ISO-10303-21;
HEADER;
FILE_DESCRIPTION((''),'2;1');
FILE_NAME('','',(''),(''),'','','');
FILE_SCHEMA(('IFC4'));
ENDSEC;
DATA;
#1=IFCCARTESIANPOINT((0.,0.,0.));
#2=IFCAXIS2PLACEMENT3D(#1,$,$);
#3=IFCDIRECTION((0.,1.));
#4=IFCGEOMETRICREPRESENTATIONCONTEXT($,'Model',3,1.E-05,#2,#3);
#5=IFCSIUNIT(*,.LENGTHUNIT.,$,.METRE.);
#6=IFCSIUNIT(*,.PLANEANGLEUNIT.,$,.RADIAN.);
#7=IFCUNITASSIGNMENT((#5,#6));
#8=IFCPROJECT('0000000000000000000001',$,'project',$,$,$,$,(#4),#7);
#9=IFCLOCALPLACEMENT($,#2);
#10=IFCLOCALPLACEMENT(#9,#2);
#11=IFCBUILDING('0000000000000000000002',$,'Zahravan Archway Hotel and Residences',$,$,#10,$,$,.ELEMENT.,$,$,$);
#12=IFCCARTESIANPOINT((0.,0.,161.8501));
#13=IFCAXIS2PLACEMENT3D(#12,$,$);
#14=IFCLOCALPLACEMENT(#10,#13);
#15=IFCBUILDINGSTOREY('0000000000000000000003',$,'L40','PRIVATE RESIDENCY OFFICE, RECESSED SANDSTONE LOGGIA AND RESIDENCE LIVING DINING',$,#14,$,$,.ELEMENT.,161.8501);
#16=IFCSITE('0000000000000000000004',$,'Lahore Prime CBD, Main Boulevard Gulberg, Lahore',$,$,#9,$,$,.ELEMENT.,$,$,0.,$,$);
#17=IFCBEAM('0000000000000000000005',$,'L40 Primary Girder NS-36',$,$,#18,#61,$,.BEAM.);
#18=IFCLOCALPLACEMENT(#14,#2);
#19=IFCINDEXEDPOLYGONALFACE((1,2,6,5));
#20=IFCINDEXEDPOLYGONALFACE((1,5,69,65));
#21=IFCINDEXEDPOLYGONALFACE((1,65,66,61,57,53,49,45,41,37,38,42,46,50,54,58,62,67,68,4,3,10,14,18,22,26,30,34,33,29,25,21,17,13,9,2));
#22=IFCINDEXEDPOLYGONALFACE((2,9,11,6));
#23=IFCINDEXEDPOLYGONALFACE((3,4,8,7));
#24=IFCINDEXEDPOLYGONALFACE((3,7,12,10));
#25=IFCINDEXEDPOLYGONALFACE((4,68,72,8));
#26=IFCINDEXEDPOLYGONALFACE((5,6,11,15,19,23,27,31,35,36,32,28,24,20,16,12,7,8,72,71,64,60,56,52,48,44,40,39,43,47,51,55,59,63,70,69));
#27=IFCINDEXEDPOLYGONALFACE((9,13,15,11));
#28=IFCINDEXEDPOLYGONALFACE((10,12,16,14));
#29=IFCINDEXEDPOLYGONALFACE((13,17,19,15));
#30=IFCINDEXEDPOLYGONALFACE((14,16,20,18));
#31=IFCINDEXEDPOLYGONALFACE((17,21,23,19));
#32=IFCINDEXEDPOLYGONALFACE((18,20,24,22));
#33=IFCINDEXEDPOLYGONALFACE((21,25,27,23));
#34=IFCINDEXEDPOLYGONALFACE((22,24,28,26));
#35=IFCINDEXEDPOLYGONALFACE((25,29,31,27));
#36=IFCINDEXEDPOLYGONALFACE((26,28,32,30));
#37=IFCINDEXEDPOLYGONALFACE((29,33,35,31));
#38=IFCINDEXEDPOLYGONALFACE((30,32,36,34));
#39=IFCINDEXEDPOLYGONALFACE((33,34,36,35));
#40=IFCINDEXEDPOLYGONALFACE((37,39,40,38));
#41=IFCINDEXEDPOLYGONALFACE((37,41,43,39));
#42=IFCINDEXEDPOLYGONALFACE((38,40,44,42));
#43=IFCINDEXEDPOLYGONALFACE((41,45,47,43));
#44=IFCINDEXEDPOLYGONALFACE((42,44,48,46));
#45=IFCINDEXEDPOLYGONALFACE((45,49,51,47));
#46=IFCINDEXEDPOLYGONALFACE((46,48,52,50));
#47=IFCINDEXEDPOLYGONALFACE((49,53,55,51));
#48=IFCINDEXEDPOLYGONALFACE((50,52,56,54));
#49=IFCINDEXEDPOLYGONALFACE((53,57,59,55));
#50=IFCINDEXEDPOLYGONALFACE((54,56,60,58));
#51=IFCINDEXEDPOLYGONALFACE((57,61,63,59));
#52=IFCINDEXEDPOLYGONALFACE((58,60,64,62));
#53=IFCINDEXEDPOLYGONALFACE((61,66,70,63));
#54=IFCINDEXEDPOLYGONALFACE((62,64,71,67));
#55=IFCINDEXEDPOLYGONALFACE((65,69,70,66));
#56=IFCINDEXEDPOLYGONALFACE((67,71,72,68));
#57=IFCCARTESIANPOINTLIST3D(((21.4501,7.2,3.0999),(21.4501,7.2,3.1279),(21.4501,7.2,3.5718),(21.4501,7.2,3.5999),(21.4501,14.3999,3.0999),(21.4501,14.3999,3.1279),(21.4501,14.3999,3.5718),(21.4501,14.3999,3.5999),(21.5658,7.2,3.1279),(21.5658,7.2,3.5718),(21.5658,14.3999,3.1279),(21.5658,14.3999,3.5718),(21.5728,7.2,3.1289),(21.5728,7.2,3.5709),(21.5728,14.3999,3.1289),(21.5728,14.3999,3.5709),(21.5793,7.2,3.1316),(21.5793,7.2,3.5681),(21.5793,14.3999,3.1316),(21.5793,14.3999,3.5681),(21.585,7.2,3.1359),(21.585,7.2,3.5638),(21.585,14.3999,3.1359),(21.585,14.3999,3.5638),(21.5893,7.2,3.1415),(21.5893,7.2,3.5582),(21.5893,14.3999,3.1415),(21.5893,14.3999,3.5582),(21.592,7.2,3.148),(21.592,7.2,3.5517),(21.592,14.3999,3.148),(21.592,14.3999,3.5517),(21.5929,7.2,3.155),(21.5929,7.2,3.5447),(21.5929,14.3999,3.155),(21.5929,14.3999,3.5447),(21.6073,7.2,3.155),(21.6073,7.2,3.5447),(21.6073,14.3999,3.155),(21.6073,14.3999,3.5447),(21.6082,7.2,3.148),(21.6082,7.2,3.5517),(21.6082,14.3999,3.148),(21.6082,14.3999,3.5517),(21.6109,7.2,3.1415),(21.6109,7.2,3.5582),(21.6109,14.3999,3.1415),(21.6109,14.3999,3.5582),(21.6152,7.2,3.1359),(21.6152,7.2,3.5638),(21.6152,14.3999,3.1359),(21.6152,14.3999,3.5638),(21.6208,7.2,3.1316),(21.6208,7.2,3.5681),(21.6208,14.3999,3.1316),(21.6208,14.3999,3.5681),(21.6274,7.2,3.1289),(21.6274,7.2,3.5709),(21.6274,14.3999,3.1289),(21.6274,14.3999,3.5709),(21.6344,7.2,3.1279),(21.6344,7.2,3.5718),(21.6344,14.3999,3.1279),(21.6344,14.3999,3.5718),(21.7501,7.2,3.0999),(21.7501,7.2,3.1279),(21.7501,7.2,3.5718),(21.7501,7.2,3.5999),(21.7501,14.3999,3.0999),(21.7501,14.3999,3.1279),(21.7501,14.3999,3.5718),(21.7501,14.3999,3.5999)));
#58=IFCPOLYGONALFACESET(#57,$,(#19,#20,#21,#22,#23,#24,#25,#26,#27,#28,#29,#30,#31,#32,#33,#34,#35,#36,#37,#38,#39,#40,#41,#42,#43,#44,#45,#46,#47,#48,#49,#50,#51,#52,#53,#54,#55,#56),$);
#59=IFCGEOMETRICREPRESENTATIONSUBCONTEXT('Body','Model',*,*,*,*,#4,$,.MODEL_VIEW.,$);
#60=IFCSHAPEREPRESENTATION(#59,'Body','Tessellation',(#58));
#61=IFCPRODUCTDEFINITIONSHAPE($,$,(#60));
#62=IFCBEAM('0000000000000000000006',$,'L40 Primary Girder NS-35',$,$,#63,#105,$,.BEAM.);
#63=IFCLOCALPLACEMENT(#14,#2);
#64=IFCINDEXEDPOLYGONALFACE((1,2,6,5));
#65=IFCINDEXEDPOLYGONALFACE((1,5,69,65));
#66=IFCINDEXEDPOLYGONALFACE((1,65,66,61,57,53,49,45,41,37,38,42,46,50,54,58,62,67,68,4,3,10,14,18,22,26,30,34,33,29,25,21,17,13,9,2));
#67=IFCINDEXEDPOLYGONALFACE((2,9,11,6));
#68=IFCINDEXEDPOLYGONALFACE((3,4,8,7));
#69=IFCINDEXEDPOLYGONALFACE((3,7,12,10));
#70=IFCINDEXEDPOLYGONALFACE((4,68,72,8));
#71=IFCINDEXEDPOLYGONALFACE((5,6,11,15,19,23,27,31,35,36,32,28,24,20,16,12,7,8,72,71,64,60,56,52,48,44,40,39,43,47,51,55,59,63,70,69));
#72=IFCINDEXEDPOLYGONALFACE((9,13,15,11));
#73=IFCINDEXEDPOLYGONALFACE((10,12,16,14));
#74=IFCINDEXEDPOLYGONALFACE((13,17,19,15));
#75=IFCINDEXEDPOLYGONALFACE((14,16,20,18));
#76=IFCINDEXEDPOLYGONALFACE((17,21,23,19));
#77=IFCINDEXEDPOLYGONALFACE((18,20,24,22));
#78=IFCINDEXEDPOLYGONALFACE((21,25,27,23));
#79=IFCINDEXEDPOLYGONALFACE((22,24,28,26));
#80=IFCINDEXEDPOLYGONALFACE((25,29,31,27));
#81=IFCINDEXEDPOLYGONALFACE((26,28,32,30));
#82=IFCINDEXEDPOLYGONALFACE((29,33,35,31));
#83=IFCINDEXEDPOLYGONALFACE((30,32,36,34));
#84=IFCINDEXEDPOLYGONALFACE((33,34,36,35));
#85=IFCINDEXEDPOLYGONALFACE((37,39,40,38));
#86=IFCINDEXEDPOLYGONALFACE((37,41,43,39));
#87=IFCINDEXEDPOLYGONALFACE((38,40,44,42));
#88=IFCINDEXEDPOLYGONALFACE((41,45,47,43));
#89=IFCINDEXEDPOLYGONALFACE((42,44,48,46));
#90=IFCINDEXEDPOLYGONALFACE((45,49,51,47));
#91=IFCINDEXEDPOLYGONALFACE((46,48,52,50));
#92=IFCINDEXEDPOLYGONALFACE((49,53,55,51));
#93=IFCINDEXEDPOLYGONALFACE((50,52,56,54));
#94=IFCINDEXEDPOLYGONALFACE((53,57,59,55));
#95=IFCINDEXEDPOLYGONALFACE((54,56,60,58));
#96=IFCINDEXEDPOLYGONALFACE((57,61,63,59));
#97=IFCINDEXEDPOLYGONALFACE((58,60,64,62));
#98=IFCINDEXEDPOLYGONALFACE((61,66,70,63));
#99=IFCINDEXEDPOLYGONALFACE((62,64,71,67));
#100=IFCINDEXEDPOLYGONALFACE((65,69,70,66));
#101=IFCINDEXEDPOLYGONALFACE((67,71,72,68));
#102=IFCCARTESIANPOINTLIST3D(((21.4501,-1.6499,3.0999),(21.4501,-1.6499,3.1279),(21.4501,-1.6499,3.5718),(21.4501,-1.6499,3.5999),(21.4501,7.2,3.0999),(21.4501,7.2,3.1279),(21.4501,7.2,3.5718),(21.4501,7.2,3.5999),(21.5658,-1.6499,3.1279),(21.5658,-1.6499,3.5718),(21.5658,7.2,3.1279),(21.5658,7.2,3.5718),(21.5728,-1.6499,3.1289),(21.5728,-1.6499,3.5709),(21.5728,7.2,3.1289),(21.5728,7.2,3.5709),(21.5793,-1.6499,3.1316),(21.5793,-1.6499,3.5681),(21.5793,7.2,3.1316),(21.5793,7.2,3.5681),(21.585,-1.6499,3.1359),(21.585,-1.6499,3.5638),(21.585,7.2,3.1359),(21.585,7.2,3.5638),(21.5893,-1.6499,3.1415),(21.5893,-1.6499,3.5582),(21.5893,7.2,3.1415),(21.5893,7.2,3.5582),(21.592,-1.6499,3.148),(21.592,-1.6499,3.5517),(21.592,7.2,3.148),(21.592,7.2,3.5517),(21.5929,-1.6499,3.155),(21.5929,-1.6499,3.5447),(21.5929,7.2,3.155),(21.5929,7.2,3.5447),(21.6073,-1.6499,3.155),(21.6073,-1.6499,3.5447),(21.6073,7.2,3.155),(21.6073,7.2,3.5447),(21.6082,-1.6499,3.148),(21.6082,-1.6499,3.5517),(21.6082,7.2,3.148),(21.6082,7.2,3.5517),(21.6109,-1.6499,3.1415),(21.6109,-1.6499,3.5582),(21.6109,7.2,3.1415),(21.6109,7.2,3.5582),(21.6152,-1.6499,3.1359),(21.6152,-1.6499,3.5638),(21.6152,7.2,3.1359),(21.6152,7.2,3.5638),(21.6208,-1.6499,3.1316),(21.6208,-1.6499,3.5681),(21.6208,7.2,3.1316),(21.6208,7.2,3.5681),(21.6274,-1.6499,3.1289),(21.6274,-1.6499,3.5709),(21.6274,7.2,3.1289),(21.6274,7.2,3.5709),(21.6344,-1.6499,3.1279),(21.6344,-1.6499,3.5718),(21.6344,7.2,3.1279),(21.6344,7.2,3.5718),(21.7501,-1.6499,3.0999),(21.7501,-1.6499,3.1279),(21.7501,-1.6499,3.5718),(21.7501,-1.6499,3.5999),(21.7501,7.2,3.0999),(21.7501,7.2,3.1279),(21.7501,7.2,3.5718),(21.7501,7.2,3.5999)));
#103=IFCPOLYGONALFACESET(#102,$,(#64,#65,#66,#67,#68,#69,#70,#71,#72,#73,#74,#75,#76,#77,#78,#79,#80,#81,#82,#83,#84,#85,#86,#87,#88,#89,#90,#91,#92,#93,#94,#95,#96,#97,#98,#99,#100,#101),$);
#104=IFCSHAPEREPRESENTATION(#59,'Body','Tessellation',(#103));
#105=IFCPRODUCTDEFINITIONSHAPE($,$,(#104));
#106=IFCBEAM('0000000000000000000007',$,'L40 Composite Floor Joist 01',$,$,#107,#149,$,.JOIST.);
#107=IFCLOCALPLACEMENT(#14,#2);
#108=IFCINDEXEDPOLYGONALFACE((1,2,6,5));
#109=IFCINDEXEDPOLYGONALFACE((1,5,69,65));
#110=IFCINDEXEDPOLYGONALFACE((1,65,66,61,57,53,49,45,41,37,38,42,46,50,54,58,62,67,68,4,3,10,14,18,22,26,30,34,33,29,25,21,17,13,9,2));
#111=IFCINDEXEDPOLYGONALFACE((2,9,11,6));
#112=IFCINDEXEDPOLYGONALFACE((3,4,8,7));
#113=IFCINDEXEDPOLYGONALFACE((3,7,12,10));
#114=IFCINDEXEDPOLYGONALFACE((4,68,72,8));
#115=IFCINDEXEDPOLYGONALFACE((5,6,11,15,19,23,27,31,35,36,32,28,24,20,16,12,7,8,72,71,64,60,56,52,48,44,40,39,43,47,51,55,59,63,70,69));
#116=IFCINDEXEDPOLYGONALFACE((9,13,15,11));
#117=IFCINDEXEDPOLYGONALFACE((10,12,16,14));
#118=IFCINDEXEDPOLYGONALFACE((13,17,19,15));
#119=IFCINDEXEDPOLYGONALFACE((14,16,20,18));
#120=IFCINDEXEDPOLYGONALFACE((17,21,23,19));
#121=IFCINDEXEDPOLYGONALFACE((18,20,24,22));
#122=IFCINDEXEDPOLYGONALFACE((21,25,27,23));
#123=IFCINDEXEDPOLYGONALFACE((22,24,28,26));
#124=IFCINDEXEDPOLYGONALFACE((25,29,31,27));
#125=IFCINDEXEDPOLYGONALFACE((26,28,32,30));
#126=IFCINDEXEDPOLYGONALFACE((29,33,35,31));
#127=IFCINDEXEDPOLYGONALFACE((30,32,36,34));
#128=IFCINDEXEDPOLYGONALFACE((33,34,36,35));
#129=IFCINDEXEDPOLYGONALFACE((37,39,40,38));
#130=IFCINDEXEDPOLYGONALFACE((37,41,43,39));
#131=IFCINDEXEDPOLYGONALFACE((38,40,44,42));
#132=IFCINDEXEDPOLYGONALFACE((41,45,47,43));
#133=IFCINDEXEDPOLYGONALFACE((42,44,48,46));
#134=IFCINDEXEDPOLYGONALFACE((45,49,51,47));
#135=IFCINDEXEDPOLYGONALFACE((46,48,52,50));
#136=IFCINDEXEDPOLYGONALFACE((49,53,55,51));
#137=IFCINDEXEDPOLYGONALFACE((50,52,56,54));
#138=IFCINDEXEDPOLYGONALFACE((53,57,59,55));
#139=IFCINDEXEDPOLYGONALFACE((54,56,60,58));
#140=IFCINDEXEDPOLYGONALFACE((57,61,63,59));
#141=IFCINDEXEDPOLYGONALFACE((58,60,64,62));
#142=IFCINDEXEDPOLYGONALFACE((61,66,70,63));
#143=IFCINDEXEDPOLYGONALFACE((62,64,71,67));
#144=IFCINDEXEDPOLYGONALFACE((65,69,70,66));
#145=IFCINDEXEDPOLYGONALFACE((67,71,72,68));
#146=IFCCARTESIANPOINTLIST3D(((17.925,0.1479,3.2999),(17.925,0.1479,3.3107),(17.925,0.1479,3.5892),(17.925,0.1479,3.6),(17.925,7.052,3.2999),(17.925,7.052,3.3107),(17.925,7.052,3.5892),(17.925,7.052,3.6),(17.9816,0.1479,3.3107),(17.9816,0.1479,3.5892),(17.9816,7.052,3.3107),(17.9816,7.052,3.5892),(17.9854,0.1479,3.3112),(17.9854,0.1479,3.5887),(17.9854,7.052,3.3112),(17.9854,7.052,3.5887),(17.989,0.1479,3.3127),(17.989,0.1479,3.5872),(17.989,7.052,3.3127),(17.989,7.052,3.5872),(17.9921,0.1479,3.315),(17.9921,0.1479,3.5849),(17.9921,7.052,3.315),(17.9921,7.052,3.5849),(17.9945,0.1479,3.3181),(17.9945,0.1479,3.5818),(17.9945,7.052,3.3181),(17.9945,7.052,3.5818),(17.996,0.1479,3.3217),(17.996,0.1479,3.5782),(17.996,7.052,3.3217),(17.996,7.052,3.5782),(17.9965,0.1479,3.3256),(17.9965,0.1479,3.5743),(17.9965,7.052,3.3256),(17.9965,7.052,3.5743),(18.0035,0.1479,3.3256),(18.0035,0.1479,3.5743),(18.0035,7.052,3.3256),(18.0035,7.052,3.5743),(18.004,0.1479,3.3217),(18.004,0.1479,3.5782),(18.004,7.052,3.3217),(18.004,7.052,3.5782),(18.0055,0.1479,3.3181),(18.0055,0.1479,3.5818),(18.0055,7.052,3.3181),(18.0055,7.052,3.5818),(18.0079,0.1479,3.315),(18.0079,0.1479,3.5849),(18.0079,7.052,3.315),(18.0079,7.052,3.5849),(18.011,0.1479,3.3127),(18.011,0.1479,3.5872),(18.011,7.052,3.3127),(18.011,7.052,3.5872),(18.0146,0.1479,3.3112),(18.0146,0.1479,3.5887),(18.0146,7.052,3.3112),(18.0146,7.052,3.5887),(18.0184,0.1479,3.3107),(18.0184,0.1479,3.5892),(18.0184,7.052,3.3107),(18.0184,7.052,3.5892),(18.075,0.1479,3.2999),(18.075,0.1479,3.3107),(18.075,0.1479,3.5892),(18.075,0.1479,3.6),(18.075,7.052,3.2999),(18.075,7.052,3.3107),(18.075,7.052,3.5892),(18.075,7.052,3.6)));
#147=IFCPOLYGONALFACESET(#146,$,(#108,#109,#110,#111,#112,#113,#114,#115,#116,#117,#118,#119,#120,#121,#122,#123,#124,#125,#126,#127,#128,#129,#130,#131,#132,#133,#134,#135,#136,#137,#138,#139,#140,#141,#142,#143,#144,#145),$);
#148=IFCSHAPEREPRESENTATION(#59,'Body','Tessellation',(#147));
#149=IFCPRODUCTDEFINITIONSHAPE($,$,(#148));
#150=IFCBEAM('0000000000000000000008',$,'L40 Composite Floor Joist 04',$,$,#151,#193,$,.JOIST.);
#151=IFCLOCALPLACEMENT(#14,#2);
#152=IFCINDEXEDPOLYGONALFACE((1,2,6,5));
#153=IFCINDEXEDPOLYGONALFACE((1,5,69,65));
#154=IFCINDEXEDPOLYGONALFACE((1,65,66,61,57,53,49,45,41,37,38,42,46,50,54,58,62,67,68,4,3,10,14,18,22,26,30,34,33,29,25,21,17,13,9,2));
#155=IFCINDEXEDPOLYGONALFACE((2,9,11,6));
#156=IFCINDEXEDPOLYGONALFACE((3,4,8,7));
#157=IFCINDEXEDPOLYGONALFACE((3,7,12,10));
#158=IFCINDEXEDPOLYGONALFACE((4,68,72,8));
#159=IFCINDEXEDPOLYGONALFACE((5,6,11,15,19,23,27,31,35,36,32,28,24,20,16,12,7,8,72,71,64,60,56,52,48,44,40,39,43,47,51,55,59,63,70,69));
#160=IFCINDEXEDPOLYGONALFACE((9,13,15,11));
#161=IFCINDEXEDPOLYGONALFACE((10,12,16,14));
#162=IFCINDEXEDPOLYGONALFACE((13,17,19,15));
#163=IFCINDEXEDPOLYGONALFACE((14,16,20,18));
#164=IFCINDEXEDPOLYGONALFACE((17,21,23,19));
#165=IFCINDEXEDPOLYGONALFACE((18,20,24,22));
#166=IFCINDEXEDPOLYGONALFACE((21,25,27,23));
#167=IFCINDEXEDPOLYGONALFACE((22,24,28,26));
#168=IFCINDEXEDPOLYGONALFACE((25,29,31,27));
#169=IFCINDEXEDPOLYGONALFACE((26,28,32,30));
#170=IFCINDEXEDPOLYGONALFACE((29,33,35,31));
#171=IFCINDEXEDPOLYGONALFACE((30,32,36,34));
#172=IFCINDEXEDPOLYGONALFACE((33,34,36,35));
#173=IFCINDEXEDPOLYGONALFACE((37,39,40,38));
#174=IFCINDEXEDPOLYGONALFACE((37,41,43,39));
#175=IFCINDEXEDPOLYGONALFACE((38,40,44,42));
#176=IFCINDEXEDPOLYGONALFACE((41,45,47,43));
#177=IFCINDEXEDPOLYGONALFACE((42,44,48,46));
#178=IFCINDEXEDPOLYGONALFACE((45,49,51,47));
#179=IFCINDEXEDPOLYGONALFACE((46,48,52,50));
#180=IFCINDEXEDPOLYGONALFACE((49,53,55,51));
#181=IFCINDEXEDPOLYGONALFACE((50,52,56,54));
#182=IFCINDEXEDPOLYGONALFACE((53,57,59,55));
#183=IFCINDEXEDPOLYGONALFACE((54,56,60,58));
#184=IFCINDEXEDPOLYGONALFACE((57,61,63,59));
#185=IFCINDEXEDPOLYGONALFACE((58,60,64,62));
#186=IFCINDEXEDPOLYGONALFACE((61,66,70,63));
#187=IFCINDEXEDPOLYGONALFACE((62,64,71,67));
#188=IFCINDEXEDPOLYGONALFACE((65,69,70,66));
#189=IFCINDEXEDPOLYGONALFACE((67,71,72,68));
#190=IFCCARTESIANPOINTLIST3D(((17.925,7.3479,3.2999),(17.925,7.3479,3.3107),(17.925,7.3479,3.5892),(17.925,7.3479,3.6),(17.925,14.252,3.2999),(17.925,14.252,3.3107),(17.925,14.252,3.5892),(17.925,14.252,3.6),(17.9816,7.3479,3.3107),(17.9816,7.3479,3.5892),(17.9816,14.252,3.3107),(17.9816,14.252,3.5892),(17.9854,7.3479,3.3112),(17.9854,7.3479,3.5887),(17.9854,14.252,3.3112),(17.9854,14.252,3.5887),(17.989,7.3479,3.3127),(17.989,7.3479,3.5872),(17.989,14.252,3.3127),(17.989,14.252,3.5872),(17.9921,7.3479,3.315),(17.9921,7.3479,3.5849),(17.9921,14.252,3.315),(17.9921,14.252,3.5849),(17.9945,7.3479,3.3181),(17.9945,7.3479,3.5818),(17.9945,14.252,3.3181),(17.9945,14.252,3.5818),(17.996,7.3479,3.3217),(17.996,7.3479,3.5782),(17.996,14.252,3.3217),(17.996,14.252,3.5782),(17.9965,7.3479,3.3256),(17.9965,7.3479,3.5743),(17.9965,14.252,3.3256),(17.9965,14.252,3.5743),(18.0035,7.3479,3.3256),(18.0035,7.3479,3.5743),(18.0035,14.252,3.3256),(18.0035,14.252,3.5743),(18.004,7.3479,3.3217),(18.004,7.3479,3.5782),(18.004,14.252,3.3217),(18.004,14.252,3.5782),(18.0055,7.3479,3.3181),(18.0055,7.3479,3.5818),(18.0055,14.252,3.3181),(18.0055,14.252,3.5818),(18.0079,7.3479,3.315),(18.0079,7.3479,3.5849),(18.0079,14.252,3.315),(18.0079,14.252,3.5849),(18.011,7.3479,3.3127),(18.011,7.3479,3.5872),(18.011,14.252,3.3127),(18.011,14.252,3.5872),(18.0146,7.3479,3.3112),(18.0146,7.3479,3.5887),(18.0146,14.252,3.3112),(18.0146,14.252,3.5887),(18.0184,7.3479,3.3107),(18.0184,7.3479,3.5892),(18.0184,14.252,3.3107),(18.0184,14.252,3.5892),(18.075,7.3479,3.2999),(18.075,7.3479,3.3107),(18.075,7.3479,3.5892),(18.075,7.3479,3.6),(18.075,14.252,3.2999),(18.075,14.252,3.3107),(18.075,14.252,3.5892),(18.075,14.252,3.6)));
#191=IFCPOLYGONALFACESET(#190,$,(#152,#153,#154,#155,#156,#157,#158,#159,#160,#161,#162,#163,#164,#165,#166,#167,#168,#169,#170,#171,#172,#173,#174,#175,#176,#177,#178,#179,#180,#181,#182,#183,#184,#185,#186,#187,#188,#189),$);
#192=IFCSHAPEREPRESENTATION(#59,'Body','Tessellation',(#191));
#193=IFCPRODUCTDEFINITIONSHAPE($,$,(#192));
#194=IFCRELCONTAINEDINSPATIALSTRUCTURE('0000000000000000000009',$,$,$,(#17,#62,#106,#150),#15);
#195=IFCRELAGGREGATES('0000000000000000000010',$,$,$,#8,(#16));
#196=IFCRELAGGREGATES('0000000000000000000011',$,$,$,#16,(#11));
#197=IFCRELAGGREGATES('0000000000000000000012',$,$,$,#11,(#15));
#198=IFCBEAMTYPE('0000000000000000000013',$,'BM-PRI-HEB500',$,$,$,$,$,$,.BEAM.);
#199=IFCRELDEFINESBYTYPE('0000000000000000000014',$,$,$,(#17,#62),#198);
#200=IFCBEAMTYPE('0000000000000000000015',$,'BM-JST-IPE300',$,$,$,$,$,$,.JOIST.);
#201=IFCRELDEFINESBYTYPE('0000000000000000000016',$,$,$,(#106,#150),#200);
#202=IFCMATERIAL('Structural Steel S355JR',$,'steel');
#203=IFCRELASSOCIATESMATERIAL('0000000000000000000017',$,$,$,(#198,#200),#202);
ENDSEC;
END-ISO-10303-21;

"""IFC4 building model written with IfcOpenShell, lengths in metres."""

from ifc_helpers import new_model, si_unit, direction, frame, origin, origin_2d, place, context, subcontext, project, spatial, i_section, extrude, source, transform, mapped, material, material_profile, profile_set, type_object, type_shapes, element, save


model = new_model("IFC4")

# Units and contexts
model_context = context("Model", 3, precision=1e-05, world=origin(), true_north=direction((0.0, 1.0)))
body_context = subcontext(model_context, "Body", "Model", "MODEL_VIEW")
ifc_project = project(units=[si_unit("LENGTHUNIT", "METRE"), si_unit("PLANEANGLEUNIT", "RADIAN")], contexts=[model_context])

# Site, building, storey
site_placement = place(None, origin())
site = spatial("IfcSite", under=ifc_project, at=site_placement, Name="Lahore Prime CBD, Main Boulevard Gulberg, Lahore", CompositionType="ELEMENT", RefElevation=0.0)
building_placement = place(site_placement, origin())
building = spatial("IfcBuilding", under=site, at=building_placement, Name="Zahravan Archway Hotel and Residences", CompositionType="ELEMENT")
storey_placement = place(building_placement, frame((0.0, 0.0, 161.8501)))
storey = spatial("IfcBuildingStorey", under=building, at=storey_placement, Name="L40", Description="PRIVATE RESIDENCY OFFICE, RECESSED SANDSTONE LOGGIA AND RESIDENCE LIVING DINING", CompositionType="ELEMENT", Elevation=161.8501)

# Beams
ifc_material_1 = material(Name="Structural Steel S355JR", Category="steel")
ifc_material_profile_1 = material_profile(ifc_material_1, i_section(OverallWidth=0.3, OverallDepth=0.5, WebThickness=0.0144, FlangeThickness=0.0281, FilletRadius=0.0271, at=origin_2d()), Name="HEB 500", Category="steel")
ifc_profile_set_1 = profile_set([ifc_material_profile_1], Name="Structural Steel S355JR")
beam_type_1 = type_object("IfcBeamType", Name="BM-PRI-HEB500", PredefinedType="BEAM", material=ifc_profile_set_1)
shared_shape_1 = source(origin(), body_context, "Body", "SweptSolid", [
    extrude(i_section(OverallWidth=0.3, OverallDepth=0.5, WebThickness=0.0144, FlangeThickness=0.0281, FilletRadius=0.0271, at=origin_2d()), origin(), (0.0, 0.0, 1.0), 7.2),
])
for number, where, z_axis, x_axis, name in (
    (1, (21.6001, 7.2, 3.3499), (0.0, 1.0, 0.0), (-1.0, 0.0, 0.0), "L40 Primary Girder NS-36"),
):
    element("IfcBeam", number, at=place(storey_placement, frame(where, z_axis=z_axis, x_axis=x_axis)), inside=storey, type_object=beam_type_1, Name=name, PredefinedType="BEAM", context=body_context, shape_type="MappedRepresentation", body=[
        mapped(shared_shape_1, transform((0.0, 0.0, 0.0), scale=1.0)),
    ])
shared_shape_2 = source(origin(), body_context, "Body", "SweptSolid", [
    extrude(i_section(OverallWidth=0.3, OverallDepth=0.5, WebThickness=0.0144, FlangeThickness=0.0281, FilletRadius=0.0271, at=origin_2d()), origin(), (0.0, 0.0, 1.0), 8.8499),
])
beam_1_placement = place(storey_placement, frame((21.6001, -1.6499, 3.3499), z_axis=(0.0, 1.0, 0.0), x_axis=(-1.0, 0.0, 0.0)))
element("IfcBeam", 2, at=beam_1_placement, inside=storey, type_object=beam_type_1, Name="L40 Primary Girder NS-35", PredefinedType="BEAM", context=body_context, shape_type="MappedRepresentation", body=[
    mapped(shared_shape_2, transform((0.0, 0.0, 0.0), scale=1.0)),
])
ifc_material_profile_2 = material_profile(ifc_material_1, i_section(OverallWidth=0.1499, OverallDepth=0.3, WebThickness=0.0071, FlangeThickness=0.0107, FilletRadius=0.0149, at=origin_2d()), Name="IPE 300", Category="steel")
ifc_profile_set_2 = profile_set([ifc_material_profile_2], Name="Structural Steel S355JR")
beam_type_2 = type_object("IfcBeamType", Name="BM-JST-IPE300", PredefinedType="JOIST", material=ifc_profile_set_2)
shared_shape_3 = source(origin(), body_context, "Body", "SweptSolid", [
    extrude(i_section(OverallWidth=0.1499, OverallDepth=0.3, WebThickness=0.0071, FlangeThickness=0.0107, FilletRadius=0.0149, at=origin_2d()), origin(), (0.0, 0.0, 1.0), 6.9041),
])
type_shapes(beam_type_2, [shared_shape_3])
for number, where, z_axis, x_axis, name in (
    (3, (18.0, 0.1479, 3.45), (0.0, 1.0, 0.0), (-1.0, 0.0, 0.0), "L40 Composite Floor Joist 01"),
    (4, (18.0, 7.3479, 3.45), (0.0, 1.0, 0.0), (-1.0, 0.0, 0.0), "L40 Composite Floor Joist 04"),
):
    element("IfcBeam", number, at=place(storey_placement, frame(where, z_axis=z_axis, x_axis=x_axis)), inside=storey, type_object=beam_type_2, Name=name, PredefinedType="JOIST", context=body_context, shape_type="MappedRepresentation", body=[
        mapped(shared_shape_3, transform((0.0, 0.0, 0.0), scale=1.0)),
    ])

save(model, "model.ifc")
